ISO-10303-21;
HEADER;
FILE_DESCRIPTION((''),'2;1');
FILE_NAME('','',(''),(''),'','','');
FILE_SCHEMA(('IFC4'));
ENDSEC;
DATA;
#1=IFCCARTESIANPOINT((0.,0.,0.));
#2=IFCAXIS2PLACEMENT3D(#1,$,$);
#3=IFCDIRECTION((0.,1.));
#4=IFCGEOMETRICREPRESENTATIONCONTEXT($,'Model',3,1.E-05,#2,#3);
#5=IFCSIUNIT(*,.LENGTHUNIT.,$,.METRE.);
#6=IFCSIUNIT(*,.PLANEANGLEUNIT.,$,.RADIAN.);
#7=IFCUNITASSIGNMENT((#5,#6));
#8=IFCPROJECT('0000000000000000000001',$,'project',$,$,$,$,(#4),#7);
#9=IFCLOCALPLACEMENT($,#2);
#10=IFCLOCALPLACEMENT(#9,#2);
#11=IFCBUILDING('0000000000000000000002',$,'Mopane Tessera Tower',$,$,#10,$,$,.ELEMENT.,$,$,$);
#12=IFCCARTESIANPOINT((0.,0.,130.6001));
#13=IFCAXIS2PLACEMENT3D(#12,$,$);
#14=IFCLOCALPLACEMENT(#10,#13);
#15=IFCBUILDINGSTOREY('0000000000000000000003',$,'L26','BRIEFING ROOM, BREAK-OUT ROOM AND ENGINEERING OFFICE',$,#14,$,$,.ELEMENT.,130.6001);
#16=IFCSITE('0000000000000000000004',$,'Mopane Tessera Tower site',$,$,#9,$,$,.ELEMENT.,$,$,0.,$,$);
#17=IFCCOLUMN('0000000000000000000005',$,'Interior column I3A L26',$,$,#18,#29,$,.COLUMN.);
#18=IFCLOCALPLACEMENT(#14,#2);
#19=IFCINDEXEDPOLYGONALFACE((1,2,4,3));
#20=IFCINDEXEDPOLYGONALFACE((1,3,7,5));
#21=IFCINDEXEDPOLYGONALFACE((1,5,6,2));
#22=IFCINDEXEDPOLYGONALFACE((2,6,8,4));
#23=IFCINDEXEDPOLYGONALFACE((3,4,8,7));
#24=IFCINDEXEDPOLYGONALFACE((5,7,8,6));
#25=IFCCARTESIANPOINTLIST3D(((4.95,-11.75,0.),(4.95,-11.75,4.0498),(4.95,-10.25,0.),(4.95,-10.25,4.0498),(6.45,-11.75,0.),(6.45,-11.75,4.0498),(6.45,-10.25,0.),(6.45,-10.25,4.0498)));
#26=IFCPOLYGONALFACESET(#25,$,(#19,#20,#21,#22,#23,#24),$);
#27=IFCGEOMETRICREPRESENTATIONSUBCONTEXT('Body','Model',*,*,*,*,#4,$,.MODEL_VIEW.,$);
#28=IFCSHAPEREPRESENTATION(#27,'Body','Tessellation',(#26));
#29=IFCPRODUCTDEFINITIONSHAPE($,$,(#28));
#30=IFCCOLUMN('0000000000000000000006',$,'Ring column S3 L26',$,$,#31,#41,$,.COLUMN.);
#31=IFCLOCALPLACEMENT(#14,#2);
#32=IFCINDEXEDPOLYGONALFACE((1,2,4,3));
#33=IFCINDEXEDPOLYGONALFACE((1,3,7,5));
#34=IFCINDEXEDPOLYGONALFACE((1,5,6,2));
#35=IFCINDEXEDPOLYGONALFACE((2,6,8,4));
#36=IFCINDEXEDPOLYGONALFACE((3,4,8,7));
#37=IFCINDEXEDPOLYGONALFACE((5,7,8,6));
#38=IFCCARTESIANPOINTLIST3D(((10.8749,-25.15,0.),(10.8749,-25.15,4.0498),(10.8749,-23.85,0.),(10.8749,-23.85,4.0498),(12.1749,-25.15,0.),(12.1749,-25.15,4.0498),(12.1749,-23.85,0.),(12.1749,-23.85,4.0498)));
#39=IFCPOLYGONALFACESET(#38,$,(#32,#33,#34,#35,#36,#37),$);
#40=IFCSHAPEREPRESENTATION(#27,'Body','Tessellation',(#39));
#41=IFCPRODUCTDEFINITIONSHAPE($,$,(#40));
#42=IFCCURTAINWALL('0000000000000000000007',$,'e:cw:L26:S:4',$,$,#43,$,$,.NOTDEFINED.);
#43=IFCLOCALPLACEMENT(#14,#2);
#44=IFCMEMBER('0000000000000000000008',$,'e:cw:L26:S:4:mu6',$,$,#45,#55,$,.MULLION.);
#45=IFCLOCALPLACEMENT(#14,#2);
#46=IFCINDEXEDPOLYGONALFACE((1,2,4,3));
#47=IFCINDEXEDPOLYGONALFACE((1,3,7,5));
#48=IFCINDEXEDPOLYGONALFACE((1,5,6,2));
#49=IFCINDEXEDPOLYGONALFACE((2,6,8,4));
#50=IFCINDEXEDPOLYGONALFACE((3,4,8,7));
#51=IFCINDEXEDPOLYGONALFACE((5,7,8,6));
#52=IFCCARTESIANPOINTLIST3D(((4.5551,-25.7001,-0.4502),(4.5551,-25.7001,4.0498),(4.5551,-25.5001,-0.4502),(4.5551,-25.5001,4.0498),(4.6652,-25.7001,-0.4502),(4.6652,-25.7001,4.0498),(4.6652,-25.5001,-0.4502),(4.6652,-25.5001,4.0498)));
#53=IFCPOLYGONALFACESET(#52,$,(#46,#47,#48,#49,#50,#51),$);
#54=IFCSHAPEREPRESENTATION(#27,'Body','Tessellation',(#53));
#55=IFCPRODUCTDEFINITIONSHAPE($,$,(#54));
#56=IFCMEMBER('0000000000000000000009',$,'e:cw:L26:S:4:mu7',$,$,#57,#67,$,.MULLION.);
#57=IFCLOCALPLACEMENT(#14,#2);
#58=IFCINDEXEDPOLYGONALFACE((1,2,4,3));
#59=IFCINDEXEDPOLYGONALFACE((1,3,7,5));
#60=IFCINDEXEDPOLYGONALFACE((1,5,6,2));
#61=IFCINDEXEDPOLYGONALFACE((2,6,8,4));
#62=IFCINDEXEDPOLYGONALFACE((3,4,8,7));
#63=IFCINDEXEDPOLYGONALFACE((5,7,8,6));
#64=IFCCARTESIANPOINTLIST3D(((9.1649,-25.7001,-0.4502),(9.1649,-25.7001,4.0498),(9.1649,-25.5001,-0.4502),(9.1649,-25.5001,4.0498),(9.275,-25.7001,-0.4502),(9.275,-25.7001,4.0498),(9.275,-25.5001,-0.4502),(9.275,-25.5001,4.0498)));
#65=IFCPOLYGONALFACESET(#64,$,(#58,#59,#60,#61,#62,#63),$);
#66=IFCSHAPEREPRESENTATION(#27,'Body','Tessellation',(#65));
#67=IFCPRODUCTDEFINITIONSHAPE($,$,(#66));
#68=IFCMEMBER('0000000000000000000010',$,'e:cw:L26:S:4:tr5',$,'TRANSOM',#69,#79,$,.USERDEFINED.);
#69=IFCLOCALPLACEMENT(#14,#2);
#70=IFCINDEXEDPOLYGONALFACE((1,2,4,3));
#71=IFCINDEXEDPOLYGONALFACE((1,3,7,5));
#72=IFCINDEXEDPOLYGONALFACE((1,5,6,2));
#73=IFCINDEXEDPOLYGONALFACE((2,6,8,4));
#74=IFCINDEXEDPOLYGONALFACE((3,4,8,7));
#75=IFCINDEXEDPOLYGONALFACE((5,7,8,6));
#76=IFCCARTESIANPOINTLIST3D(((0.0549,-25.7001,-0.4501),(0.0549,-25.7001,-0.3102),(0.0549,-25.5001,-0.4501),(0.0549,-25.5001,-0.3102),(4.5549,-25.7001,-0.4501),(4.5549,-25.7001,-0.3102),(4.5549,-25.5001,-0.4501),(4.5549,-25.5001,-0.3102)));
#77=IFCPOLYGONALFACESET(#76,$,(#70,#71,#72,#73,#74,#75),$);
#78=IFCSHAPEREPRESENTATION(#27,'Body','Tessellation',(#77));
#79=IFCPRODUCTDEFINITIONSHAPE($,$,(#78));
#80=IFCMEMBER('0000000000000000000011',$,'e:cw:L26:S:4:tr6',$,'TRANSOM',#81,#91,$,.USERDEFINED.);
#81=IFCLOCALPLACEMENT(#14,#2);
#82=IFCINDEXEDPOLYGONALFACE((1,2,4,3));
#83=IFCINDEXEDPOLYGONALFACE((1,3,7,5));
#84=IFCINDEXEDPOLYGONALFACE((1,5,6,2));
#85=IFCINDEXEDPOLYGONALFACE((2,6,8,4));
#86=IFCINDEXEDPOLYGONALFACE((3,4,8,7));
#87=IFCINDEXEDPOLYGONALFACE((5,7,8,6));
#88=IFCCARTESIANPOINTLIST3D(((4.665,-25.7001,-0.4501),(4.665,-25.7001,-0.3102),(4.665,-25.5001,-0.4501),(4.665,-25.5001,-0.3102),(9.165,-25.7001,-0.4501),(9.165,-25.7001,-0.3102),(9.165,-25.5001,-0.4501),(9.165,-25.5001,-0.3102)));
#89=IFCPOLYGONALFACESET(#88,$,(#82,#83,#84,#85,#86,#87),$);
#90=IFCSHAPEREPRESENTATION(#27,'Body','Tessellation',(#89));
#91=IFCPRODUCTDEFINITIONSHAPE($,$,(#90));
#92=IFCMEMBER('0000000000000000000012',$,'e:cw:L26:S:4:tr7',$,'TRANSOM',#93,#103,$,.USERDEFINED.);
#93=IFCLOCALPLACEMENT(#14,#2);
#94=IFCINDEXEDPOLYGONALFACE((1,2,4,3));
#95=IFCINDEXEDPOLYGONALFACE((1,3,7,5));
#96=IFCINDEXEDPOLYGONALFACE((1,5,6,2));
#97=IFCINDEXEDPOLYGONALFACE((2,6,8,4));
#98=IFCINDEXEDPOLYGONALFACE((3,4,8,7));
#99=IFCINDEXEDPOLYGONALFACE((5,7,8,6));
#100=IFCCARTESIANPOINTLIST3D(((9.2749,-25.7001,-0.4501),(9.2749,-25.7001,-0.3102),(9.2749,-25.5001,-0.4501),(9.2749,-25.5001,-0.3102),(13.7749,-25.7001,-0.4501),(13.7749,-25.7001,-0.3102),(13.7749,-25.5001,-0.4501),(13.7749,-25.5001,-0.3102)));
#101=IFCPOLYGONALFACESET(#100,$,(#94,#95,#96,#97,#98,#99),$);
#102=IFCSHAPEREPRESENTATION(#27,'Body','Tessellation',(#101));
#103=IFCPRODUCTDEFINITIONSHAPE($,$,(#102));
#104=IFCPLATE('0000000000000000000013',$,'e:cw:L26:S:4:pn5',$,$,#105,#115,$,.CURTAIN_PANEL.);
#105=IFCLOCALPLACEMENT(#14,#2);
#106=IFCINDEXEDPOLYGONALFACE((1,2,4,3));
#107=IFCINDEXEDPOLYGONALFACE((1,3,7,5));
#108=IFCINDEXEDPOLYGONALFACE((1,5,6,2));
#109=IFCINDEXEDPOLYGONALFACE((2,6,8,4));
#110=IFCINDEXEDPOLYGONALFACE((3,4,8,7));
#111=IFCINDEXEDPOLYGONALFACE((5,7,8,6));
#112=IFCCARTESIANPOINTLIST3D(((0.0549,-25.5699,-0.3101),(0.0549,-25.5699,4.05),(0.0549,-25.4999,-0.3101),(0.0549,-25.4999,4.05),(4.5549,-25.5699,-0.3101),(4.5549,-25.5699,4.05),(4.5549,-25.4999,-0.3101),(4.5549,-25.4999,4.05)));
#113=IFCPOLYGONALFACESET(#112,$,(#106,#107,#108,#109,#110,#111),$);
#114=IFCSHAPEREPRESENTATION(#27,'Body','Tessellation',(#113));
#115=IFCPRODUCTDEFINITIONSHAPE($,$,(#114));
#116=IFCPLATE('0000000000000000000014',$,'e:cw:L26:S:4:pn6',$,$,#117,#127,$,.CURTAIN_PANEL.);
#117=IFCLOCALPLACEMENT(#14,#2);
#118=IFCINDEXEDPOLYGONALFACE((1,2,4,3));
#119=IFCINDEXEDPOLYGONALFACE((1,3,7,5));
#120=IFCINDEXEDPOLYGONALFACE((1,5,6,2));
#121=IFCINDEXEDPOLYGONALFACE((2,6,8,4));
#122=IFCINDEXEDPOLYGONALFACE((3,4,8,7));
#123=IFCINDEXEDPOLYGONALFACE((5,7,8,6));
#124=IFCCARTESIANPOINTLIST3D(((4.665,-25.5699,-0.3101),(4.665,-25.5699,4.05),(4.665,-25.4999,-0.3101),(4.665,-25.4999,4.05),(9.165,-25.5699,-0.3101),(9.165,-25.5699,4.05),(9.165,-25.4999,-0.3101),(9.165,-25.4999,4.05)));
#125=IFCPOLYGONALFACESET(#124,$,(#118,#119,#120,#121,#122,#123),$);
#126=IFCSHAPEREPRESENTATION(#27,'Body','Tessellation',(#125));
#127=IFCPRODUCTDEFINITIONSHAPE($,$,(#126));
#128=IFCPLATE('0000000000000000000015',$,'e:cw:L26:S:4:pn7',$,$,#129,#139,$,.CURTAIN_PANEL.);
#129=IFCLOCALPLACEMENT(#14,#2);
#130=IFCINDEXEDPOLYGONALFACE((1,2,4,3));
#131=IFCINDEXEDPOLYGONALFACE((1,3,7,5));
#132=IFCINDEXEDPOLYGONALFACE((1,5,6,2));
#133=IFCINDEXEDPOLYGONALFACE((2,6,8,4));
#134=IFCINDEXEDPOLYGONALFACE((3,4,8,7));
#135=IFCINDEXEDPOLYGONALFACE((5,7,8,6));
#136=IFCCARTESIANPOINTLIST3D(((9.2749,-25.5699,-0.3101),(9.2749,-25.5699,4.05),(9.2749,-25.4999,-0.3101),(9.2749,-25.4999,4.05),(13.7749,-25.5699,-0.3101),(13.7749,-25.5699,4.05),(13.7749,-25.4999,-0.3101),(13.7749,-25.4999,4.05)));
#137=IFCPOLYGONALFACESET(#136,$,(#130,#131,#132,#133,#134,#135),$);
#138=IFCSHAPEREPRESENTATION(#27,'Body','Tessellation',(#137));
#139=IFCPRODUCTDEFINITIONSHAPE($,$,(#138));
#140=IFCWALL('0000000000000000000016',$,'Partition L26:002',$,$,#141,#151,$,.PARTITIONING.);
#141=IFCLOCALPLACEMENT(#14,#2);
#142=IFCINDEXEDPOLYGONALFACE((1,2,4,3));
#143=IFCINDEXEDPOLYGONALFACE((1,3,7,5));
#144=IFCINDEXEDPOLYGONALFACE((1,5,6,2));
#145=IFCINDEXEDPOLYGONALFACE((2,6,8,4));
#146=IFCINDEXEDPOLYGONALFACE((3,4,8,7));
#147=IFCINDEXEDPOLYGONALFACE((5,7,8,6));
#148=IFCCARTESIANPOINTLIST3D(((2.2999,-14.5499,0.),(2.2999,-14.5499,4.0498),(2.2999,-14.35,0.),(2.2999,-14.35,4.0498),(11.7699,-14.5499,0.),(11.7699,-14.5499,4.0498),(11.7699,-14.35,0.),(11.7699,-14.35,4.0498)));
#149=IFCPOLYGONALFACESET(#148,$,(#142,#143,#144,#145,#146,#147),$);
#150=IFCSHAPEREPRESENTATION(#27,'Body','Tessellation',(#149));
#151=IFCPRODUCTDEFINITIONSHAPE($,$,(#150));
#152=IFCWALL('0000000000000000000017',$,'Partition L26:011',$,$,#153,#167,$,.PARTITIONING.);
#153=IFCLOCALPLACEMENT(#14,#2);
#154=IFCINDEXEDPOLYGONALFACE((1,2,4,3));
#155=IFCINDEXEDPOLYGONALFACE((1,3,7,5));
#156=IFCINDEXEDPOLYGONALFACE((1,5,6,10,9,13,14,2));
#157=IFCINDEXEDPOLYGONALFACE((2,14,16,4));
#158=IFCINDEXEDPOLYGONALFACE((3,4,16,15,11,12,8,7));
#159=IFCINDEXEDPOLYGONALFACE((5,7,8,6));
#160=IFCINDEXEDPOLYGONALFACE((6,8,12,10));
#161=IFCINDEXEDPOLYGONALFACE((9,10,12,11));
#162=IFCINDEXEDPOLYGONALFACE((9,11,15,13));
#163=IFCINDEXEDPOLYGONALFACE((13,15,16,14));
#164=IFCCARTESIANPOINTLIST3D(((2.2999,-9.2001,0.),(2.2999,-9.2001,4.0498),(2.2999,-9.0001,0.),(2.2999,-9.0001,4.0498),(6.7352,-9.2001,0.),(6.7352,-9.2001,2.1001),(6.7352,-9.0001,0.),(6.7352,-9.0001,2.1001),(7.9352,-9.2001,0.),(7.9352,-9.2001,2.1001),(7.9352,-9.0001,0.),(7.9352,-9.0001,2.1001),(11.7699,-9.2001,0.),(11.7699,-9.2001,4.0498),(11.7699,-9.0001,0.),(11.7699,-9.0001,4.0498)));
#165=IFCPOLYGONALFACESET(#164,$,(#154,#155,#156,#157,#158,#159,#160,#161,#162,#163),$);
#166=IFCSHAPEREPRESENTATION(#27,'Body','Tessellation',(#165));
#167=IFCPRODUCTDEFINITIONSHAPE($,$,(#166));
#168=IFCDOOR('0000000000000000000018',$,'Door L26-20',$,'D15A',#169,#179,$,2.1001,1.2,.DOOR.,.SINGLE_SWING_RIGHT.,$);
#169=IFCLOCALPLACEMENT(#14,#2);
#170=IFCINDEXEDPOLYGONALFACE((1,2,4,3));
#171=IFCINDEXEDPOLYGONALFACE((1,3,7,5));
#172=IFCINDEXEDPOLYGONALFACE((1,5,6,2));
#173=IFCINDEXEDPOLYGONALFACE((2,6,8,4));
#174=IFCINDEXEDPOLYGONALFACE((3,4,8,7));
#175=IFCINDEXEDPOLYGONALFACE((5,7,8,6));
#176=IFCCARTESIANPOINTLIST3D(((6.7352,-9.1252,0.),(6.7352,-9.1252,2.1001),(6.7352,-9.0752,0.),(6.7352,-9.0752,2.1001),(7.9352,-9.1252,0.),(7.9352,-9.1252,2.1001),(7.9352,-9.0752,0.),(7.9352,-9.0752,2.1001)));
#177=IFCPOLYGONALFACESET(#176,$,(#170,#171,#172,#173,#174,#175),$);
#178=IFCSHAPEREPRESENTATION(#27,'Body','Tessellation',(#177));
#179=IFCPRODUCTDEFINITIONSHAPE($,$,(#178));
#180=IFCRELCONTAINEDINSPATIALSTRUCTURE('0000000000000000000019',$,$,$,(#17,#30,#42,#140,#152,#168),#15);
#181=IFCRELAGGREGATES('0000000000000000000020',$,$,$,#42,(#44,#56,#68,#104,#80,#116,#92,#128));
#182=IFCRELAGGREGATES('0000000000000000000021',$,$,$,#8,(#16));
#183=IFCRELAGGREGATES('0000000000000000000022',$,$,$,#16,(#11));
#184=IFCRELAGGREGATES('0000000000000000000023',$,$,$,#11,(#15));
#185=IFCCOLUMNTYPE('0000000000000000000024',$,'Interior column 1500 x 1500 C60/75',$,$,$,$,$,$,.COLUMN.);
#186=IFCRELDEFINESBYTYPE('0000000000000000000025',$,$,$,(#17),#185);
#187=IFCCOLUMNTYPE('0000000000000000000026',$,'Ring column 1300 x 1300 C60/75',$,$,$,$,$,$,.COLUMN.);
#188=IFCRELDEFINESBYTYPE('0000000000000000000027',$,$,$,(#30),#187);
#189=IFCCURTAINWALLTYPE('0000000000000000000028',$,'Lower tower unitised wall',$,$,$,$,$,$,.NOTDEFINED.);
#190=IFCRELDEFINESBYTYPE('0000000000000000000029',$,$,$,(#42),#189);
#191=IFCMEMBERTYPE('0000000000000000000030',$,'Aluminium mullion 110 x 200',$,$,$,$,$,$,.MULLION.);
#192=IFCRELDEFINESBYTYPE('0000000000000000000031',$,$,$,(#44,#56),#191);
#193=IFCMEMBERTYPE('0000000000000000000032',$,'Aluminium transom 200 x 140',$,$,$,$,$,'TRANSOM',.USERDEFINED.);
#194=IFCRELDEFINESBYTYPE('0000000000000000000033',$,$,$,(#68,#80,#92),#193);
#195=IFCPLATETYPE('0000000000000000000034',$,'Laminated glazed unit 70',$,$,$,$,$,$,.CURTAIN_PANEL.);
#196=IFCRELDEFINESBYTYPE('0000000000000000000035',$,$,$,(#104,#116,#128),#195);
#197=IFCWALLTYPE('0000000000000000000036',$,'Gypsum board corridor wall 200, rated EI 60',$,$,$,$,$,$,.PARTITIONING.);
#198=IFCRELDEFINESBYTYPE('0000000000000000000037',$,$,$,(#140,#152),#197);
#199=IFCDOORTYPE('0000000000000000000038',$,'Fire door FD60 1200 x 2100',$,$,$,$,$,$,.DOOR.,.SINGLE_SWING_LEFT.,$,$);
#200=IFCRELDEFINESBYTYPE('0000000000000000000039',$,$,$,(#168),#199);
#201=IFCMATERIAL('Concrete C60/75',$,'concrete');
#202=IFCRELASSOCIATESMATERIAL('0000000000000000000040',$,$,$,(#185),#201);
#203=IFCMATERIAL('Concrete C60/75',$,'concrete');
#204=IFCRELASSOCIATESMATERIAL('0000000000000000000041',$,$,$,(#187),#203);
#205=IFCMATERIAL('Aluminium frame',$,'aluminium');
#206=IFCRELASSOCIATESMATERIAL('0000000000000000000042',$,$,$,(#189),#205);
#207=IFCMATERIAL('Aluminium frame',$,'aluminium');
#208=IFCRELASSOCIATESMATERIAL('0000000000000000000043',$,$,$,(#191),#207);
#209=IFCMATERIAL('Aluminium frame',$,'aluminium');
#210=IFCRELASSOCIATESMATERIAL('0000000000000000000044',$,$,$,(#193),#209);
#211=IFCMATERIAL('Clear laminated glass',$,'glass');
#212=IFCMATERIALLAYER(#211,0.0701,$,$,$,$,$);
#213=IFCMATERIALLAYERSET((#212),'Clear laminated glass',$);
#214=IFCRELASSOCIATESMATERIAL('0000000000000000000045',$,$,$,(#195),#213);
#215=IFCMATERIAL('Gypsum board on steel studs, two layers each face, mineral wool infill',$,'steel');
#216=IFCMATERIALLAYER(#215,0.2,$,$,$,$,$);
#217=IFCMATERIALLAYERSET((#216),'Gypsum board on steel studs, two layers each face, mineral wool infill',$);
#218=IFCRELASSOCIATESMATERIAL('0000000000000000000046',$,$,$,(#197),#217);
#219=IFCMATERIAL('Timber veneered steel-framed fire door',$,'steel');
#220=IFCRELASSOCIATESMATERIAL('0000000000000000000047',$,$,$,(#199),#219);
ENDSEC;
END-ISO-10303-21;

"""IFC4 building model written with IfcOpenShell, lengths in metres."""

from ifc_helpers import new_model, si_unit, direction, frame, frame_2d, origin, origin_2d, place, context, subcontext, project, spatial, rectangle, extrude, material, layer, layer_set, material_profile, profile_set, type_object, element, fill, aggregate, save


model = new_model("IFC4")

# Units and contexts
model_context = context("Model", 3, precision=1e-05, world=origin(), true_north=direction((0.0, 1.0)))
body_context = subcontext(model_context, "Body", "Model", "MODEL_VIEW")
ifc_project = project(units=[si_unit("LENGTHUNIT", "METRE"), si_unit("PLANEANGLEUNIT", "RADIAN")], contexts=[model_context])

# Site, building, storey
site_placement = place(None, origin())
site = spatial("IfcSite", under=ifc_project, at=site_placement, Name="Mopane Tessera Tower site", CompositionType="ELEMENT", RefElevation=0.0)
building_placement = place(site_placement, origin())
building = spatial("IfcBuilding", under=site, at=building_placement, Name="Mopane Tessera Tower", CompositionType="ELEMENT")
storey_placement = place(building_placement, frame((0.0, 0.0, 130.6001)))
storey = spatial("IfcBuildingStorey", under=building, at=storey_placement, Name="L26", Description="BRIEFING ROOM, BREAK-OUT ROOM AND ENGINEERING OFFICE", CompositionType="ELEMENT", Elevation=130.6001)

# Columns
ifc_material_1 = material(Name="Concrete C60/75", Category="concrete")
ifc_material_profile_1 = material_profile(ifc_material_1, rectangle(XDim=1.5, YDim=1.5, at=origin_2d()))
ifc_profile_set_1 = profile_set([ifc_material_profile_1], Name="Concrete C60/75")
column_type_1 = type_object("IfcColumnType", Name="Interior column 1500 x 1500 C60/75", PredefinedType="COLUMN", material=ifc_profile_set_1)
column_1_placement = place(storey_placement, frame((5.7, -11.0, 0.0), z_axis=(0.0, 0.0, 1.0), x_axis=(1.0, 0.0, 0.0)))
element("IfcColumn", 1, at=column_1_placement, inside=storey, type_object=column_type_1, Name="Interior column I3A L26", PredefinedType="COLUMN", context=body_context, shape_type="SweptSolid", body=[
    extrude(rectangle(XDim=1.5, YDim=1.5, at=origin_2d()), origin(), (0.0, 0.0, 1.0), 4.0498),
])
ifc_material_2 = material(Name="Concrete C60/75", Category="concrete")
ifc_material_profile_2 = material_profile(ifc_material_2, rectangle(XDim=1.3, YDim=1.3, at=origin_2d()))
ifc_profile_set_2 = profile_set([ifc_material_profile_2], Name="Concrete C60/75")
column_type_2 = type_object("IfcColumnType", Name="Ring column 1300 x 1300 C60/75", PredefinedType="COLUMN", material=ifc_profile_set_2)
column_2_placement = place(storey_placement, frame((11.5249, -24.5, 0.0), z_axis=(0.0, 0.0, 1.0), x_axis=(1.0, 0.0, 0.0)))
element("IfcColumn", 2, at=column_2_placement, inside=storey, type_object=column_type_2, Name="Ring column S3 L26", PredefinedType="COLUMN", context=body_context, shape_type="SweptSolid", body=[
    extrude(rectangle(XDim=1.3, YDim=1.3, at=origin_2d()), origin(), (0.0, 0.0, 1.0), 4.0498),
])

# Curtain wall, members, plates
ifc_material_3 = material(Name="Aluminium frame", Category="aluminium")
curtain_wall_type = type_object("IfcCurtainWallType", Name="Lower tower unitised wall", PredefinedType="NOTDEFINED", material=ifc_material_3)
curtain_wall_placement = place(storey_placement, origin())
curtain_wall = element("IfcCurtainWall", 3, at=curtain_wall_placement, inside=storey, type_object=curtain_wall_type, Name="e:cw:L26:S:4", PredefinedType="NOTDEFINED")
ifc_material_4 = material(Name="Aluminium frame", Category="aluminium")
ifc_material_profile_3 = material_profile(ifc_material_4, rectangle(XDim=0.1101, YDim=0.2, at=origin_2d()))
ifc_profile_set_3 = profile_set([ifc_material_profile_3], Name="Aluminium frame")
member_type_1 = type_object("IfcMemberType", Name="Aluminium mullion 110 x 200", PredefinedType="MULLION", material=ifc_profile_set_3)
member_1_placement = place(storey_placement, frame((4.6101, -25.6001, -0.4502), z_axis=(0.0, 0.0, 1.0), x_axis=(1.0, 0.0, 0.0)))
member_1 = element("IfcMember", 4, at=member_1_placement, type_object=member_type_1, Name="e:cw:L26:S:4:mu6", PredefinedType="MULLION", context=body_context, shape_type="SweptSolid", body=[
    extrude(rectangle(XDim=0.1101, YDim=0.2, at=origin_2d()), origin(), (0.0, 0.0, 1.0), 4.5),
])
member_2_placement = place(storey_placement, frame((9.22, -25.6001, -0.4502), z_axis=(0.0, 0.0, 1.0), x_axis=(1.0, 0.0, 0.0)))
member_2 = element("IfcMember", 5, at=member_2_placement, type_object=member_type_1, Name="e:cw:L26:S:4:mu7", PredefinedType="MULLION", context=body_context, shape_type="SweptSolid", body=[
    extrude(rectangle(XDim=0.1101, YDim=0.2, at=origin_2d()), origin(), (0.0, 0.0, 1.0), 4.5),
])
ifc_material_5 = material(Name="Aluminium frame", Category="aluminium")
ifc_material_profile_4 = material_profile(ifc_material_5, rectangle(XDim=0.2, YDim=0.1399, at=origin_2d()))
ifc_profile_set_4 = profile_set([ifc_material_profile_4], Name="Aluminium frame")
member_type_2 = type_object("IfcMemberType", Name="Aluminium transom 200 x 140", ElementType="TRANSOM", PredefinedType="USERDEFINED", material=ifc_profile_set_4)
member_3_placement = place(storey_placement, frame((0.0549, -25.6001, -0.3801), z_axis=(1.0, 0.0, 0.0), x_axis=(0.0, 1.0, 0.0)))
member_3 = element("IfcMember", 6, at=member_3_placement, type_object=member_type_2, Name="e:cw:L26:S:4:tr5", ObjectType="TRANSOM", PredefinedType="USERDEFINED", context=body_context, shape_type="SweptSolid", body=[
    extrude(rectangle(XDim=0.2, YDim=0.1399, at=origin_2d()), origin(), (0.0, 0.0, 1.0), 4.5),
])
member_4_placement = place(storey_placement, frame((4.665, -25.6001, -0.3801), z_axis=(1.0, 0.0, 0.0), x_axis=(0.0, 1.0, 0.0)))
member_4 = element("IfcMember", 7, at=member_4_placement, type_object=member_type_2, Name="e:cw:L26:S:4:tr6", ObjectType="TRANSOM", PredefinedType="USERDEFINED", context=body_context, shape_type="SweptSolid", body=[
    extrude(rectangle(XDim=0.2, YDim=0.1399, at=origin_2d()), origin(), (0.0, 0.0, 1.0), 4.5),
])
member_5_placement = place(storey_placement, frame((9.2749, -25.6001, -0.3801), z_axis=(1.0, 0.0, 0.0), x_axis=(0.0, 1.0, 0.0)))
member_5 = element("IfcMember", 8, at=member_5_placement, type_object=member_type_2, Name="e:cw:L26:S:4:tr7", ObjectType="TRANSOM", PredefinedType="USERDEFINED", context=body_context, shape_type="SweptSolid", body=[
    extrude(rectangle(XDim=0.2, YDim=0.1399, at=origin_2d()), origin(), (0.0, 0.0, 1.0), 4.5),
])
ifc_material_6 = material(Name="Clear laminated glass", Category="glass")
ifc_layer_1 = layer(ifc_material_6, 0.0701)
ifc_layer_set_1 = layer_set([ifc_layer_1], Name="Clear laminated glass")
plate_type = type_object("IfcPlateType", Name="Laminated glazed unit 70", PredefinedType="CURTAIN_PANEL", material=ifc_layer_set_1)
plate_1_placement = place(storey_placement, frame((2.3049, -25.5349, -0.3101), z_axis=(0.0, 0.0, 1.0), x_axis=(1.0, 0.0, 0.0)))
plate_1 = element("IfcPlate", 9, at=plate_1_placement, type_object=plate_type, Name="e:cw:L26:S:4:pn5", PredefinedType="CURTAIN_PANEL", context=body_context, shape_type="SweptSolid", body=[
    extrude(rectangle(XDim=4.5, YDim=0.0701, at=origin_2d()), origin(), (0.0, 0.0, 1.0), 4.3601),
])
plate_2_placement = place(storey_placement, frame((6.915, -25.5349, -0.3101), z_axis=(0.0, 0.0, 1.0), x_axis=(1.0, 0.0, 0.0)))
plate_2 = element("IfcPlate", 10, at=plate_2_placement, type_object=plate_type, Name="e:cw:L26:S:4:pn6", PredefinedType="CURTAIN_PANEL", context=body_context, shape_type="SweptSolid", body=[
    extrude(rectangle(XDim=4.5, YDim=0.0701, at=origin_2d()), origin(), (0.0, 0.0, 1.0), 4.3601),
])
plate_3_placement = place(storey_placement, frame((11.5249, -25.5349, -0.3101), z_axis=(0.0, 0.0, 1.0), x_axis=(1.0, 0.0, 0.0)))
plate_3 = element("IfcPlate", 11, at=plate_3_placement, type_object=plate_type, Name="e:cw:L26:S:4:pn7", PredefinedType="CURTAIN_PANEL", context=body_context, shape_type="SweptSolid", body=[
    extrude(rectangle(XDim=4.5, YDim=0.0701, at=origin_2d()), origin(), (0.0, 0.0, 1.0), 4.3601),
])
aggregate(curtain_wall, [member_1, member_2, member_3, plate_1, member_4, plate_2, member_5, plate_3])

# Wall
ifc_material_7 = material(Name="Gypsum board on steel studs, two layers each face, mineral wool infill", Category="steel")
ifc_layer_2 = layer(ifc_material_7, 0.2)
ifc_layer_set_2 = layer_set([ifc_layer_2], Name="Gypsum board on steel studs, two layers each face, mineral wool infill")
wall_type_1 = type_object("IfcWallType", Name="Gypsum board corridor wall 200, rated EI 60", PredefinedType="PARTITIONING", material=ifc_layer_set_2)
wall_1_placement = place(storey_placement, frame((2.3, -14.45, 0.0), z_axis=(0.0, 0.0, 1.0), x_axis=(1.0, 0.0, 0.0)))
element("IfcWall", 12, at=wall_1_placement, inside=storey, type_object=wall_type_1, Name="Partition L26:002", PredefinedType="PARTITIONING", context=body_context, shape_type="SweptSolid", body=[
    extrude(rectangle(XDim=9.47, YDim=0.2, at=frame_2d((4.7349, 0.0))), origin(), (0.0, 0.0, 1.0), 4.0498),
])

# Wall, opening, door
wall_2_placement = place(storey_placement, frame((2.3, -9.1001, 0.0), z_axis=(0.0, 0.0, 1.0), x_axis=(1.0, 0.0, 0.0)))
wall_2 = element("IfcWall", 13, at=wall_2_placement, inside=storey, type_object=wall_type_1, Name="Partition L26:011", PredefinedType="PARTITIONING", context=body_context, shape_type="SweptSolid", body=[
    extrude(rectangle(XDim=9.47, YDim=0.2, at=frame_2d((4.7349, 0.0))), origin(), (0.0, 0.0, 1.0), 4.0498),
])
opening_1_placement = place(wall_2_placement, frame((4.4351, 0.0, 0.0)))
opening_1 = element("IfcOpeningElement", 14, at=opening_1_placement, cuts=wall_2, PredefinedType="OPENING", context=body_context, shape_type="SweptSolid", body=[
    extrude(rectangle(XDim=1.2, YDim=2.1001, at=frame_2d((0.6001, 1.05))), frame((0.0, 0.1121, 0.0), z_axis=(0.0, -1.0, 0.0), x_axis=(1.0, 0.0, 0.0)), (0.0, 0.0, 1.0), 0.2239),
])
ifc_material_8 = material(Name="Timber veneered steel-framed fire door", Category="steel")
door_type_1 = type_object("IfcDoorType", Name="Fire door FD60 1200 x 2100", OperationType="SINGLE_SWING_LEFT", PredefinedType="DOOR", material=ifc_material_8)
door_1_placement = place(opening_1_placement, origin())
door_1 = element("IfcDoor", 15, at=door_1_placement, inside=storey, type_object=door_type_1, Name="Door L26-20", ObjectType="D15A", OperationType="SINGLE_SWING_RIGHT", OverallHeight=2.1001, OverallWidth=1.2, PredefinedType="DOOR", context=body_context, shape_type="SweptSolid", body=[
    extrude(rectangle(XDim=1.2, YDim=2.1001, at=frame_2d((0.6001, 1.05))), frame((0.0, 0.0249, 0.0), z_axis=(0.0, -1.0, 0.0), x_axis=(1.0, 0.0, 0.0)), (0.0, 0.0, 1.0), 0.05),
])
fill(opening_1, door_1)

save(model, "model.ifc")
